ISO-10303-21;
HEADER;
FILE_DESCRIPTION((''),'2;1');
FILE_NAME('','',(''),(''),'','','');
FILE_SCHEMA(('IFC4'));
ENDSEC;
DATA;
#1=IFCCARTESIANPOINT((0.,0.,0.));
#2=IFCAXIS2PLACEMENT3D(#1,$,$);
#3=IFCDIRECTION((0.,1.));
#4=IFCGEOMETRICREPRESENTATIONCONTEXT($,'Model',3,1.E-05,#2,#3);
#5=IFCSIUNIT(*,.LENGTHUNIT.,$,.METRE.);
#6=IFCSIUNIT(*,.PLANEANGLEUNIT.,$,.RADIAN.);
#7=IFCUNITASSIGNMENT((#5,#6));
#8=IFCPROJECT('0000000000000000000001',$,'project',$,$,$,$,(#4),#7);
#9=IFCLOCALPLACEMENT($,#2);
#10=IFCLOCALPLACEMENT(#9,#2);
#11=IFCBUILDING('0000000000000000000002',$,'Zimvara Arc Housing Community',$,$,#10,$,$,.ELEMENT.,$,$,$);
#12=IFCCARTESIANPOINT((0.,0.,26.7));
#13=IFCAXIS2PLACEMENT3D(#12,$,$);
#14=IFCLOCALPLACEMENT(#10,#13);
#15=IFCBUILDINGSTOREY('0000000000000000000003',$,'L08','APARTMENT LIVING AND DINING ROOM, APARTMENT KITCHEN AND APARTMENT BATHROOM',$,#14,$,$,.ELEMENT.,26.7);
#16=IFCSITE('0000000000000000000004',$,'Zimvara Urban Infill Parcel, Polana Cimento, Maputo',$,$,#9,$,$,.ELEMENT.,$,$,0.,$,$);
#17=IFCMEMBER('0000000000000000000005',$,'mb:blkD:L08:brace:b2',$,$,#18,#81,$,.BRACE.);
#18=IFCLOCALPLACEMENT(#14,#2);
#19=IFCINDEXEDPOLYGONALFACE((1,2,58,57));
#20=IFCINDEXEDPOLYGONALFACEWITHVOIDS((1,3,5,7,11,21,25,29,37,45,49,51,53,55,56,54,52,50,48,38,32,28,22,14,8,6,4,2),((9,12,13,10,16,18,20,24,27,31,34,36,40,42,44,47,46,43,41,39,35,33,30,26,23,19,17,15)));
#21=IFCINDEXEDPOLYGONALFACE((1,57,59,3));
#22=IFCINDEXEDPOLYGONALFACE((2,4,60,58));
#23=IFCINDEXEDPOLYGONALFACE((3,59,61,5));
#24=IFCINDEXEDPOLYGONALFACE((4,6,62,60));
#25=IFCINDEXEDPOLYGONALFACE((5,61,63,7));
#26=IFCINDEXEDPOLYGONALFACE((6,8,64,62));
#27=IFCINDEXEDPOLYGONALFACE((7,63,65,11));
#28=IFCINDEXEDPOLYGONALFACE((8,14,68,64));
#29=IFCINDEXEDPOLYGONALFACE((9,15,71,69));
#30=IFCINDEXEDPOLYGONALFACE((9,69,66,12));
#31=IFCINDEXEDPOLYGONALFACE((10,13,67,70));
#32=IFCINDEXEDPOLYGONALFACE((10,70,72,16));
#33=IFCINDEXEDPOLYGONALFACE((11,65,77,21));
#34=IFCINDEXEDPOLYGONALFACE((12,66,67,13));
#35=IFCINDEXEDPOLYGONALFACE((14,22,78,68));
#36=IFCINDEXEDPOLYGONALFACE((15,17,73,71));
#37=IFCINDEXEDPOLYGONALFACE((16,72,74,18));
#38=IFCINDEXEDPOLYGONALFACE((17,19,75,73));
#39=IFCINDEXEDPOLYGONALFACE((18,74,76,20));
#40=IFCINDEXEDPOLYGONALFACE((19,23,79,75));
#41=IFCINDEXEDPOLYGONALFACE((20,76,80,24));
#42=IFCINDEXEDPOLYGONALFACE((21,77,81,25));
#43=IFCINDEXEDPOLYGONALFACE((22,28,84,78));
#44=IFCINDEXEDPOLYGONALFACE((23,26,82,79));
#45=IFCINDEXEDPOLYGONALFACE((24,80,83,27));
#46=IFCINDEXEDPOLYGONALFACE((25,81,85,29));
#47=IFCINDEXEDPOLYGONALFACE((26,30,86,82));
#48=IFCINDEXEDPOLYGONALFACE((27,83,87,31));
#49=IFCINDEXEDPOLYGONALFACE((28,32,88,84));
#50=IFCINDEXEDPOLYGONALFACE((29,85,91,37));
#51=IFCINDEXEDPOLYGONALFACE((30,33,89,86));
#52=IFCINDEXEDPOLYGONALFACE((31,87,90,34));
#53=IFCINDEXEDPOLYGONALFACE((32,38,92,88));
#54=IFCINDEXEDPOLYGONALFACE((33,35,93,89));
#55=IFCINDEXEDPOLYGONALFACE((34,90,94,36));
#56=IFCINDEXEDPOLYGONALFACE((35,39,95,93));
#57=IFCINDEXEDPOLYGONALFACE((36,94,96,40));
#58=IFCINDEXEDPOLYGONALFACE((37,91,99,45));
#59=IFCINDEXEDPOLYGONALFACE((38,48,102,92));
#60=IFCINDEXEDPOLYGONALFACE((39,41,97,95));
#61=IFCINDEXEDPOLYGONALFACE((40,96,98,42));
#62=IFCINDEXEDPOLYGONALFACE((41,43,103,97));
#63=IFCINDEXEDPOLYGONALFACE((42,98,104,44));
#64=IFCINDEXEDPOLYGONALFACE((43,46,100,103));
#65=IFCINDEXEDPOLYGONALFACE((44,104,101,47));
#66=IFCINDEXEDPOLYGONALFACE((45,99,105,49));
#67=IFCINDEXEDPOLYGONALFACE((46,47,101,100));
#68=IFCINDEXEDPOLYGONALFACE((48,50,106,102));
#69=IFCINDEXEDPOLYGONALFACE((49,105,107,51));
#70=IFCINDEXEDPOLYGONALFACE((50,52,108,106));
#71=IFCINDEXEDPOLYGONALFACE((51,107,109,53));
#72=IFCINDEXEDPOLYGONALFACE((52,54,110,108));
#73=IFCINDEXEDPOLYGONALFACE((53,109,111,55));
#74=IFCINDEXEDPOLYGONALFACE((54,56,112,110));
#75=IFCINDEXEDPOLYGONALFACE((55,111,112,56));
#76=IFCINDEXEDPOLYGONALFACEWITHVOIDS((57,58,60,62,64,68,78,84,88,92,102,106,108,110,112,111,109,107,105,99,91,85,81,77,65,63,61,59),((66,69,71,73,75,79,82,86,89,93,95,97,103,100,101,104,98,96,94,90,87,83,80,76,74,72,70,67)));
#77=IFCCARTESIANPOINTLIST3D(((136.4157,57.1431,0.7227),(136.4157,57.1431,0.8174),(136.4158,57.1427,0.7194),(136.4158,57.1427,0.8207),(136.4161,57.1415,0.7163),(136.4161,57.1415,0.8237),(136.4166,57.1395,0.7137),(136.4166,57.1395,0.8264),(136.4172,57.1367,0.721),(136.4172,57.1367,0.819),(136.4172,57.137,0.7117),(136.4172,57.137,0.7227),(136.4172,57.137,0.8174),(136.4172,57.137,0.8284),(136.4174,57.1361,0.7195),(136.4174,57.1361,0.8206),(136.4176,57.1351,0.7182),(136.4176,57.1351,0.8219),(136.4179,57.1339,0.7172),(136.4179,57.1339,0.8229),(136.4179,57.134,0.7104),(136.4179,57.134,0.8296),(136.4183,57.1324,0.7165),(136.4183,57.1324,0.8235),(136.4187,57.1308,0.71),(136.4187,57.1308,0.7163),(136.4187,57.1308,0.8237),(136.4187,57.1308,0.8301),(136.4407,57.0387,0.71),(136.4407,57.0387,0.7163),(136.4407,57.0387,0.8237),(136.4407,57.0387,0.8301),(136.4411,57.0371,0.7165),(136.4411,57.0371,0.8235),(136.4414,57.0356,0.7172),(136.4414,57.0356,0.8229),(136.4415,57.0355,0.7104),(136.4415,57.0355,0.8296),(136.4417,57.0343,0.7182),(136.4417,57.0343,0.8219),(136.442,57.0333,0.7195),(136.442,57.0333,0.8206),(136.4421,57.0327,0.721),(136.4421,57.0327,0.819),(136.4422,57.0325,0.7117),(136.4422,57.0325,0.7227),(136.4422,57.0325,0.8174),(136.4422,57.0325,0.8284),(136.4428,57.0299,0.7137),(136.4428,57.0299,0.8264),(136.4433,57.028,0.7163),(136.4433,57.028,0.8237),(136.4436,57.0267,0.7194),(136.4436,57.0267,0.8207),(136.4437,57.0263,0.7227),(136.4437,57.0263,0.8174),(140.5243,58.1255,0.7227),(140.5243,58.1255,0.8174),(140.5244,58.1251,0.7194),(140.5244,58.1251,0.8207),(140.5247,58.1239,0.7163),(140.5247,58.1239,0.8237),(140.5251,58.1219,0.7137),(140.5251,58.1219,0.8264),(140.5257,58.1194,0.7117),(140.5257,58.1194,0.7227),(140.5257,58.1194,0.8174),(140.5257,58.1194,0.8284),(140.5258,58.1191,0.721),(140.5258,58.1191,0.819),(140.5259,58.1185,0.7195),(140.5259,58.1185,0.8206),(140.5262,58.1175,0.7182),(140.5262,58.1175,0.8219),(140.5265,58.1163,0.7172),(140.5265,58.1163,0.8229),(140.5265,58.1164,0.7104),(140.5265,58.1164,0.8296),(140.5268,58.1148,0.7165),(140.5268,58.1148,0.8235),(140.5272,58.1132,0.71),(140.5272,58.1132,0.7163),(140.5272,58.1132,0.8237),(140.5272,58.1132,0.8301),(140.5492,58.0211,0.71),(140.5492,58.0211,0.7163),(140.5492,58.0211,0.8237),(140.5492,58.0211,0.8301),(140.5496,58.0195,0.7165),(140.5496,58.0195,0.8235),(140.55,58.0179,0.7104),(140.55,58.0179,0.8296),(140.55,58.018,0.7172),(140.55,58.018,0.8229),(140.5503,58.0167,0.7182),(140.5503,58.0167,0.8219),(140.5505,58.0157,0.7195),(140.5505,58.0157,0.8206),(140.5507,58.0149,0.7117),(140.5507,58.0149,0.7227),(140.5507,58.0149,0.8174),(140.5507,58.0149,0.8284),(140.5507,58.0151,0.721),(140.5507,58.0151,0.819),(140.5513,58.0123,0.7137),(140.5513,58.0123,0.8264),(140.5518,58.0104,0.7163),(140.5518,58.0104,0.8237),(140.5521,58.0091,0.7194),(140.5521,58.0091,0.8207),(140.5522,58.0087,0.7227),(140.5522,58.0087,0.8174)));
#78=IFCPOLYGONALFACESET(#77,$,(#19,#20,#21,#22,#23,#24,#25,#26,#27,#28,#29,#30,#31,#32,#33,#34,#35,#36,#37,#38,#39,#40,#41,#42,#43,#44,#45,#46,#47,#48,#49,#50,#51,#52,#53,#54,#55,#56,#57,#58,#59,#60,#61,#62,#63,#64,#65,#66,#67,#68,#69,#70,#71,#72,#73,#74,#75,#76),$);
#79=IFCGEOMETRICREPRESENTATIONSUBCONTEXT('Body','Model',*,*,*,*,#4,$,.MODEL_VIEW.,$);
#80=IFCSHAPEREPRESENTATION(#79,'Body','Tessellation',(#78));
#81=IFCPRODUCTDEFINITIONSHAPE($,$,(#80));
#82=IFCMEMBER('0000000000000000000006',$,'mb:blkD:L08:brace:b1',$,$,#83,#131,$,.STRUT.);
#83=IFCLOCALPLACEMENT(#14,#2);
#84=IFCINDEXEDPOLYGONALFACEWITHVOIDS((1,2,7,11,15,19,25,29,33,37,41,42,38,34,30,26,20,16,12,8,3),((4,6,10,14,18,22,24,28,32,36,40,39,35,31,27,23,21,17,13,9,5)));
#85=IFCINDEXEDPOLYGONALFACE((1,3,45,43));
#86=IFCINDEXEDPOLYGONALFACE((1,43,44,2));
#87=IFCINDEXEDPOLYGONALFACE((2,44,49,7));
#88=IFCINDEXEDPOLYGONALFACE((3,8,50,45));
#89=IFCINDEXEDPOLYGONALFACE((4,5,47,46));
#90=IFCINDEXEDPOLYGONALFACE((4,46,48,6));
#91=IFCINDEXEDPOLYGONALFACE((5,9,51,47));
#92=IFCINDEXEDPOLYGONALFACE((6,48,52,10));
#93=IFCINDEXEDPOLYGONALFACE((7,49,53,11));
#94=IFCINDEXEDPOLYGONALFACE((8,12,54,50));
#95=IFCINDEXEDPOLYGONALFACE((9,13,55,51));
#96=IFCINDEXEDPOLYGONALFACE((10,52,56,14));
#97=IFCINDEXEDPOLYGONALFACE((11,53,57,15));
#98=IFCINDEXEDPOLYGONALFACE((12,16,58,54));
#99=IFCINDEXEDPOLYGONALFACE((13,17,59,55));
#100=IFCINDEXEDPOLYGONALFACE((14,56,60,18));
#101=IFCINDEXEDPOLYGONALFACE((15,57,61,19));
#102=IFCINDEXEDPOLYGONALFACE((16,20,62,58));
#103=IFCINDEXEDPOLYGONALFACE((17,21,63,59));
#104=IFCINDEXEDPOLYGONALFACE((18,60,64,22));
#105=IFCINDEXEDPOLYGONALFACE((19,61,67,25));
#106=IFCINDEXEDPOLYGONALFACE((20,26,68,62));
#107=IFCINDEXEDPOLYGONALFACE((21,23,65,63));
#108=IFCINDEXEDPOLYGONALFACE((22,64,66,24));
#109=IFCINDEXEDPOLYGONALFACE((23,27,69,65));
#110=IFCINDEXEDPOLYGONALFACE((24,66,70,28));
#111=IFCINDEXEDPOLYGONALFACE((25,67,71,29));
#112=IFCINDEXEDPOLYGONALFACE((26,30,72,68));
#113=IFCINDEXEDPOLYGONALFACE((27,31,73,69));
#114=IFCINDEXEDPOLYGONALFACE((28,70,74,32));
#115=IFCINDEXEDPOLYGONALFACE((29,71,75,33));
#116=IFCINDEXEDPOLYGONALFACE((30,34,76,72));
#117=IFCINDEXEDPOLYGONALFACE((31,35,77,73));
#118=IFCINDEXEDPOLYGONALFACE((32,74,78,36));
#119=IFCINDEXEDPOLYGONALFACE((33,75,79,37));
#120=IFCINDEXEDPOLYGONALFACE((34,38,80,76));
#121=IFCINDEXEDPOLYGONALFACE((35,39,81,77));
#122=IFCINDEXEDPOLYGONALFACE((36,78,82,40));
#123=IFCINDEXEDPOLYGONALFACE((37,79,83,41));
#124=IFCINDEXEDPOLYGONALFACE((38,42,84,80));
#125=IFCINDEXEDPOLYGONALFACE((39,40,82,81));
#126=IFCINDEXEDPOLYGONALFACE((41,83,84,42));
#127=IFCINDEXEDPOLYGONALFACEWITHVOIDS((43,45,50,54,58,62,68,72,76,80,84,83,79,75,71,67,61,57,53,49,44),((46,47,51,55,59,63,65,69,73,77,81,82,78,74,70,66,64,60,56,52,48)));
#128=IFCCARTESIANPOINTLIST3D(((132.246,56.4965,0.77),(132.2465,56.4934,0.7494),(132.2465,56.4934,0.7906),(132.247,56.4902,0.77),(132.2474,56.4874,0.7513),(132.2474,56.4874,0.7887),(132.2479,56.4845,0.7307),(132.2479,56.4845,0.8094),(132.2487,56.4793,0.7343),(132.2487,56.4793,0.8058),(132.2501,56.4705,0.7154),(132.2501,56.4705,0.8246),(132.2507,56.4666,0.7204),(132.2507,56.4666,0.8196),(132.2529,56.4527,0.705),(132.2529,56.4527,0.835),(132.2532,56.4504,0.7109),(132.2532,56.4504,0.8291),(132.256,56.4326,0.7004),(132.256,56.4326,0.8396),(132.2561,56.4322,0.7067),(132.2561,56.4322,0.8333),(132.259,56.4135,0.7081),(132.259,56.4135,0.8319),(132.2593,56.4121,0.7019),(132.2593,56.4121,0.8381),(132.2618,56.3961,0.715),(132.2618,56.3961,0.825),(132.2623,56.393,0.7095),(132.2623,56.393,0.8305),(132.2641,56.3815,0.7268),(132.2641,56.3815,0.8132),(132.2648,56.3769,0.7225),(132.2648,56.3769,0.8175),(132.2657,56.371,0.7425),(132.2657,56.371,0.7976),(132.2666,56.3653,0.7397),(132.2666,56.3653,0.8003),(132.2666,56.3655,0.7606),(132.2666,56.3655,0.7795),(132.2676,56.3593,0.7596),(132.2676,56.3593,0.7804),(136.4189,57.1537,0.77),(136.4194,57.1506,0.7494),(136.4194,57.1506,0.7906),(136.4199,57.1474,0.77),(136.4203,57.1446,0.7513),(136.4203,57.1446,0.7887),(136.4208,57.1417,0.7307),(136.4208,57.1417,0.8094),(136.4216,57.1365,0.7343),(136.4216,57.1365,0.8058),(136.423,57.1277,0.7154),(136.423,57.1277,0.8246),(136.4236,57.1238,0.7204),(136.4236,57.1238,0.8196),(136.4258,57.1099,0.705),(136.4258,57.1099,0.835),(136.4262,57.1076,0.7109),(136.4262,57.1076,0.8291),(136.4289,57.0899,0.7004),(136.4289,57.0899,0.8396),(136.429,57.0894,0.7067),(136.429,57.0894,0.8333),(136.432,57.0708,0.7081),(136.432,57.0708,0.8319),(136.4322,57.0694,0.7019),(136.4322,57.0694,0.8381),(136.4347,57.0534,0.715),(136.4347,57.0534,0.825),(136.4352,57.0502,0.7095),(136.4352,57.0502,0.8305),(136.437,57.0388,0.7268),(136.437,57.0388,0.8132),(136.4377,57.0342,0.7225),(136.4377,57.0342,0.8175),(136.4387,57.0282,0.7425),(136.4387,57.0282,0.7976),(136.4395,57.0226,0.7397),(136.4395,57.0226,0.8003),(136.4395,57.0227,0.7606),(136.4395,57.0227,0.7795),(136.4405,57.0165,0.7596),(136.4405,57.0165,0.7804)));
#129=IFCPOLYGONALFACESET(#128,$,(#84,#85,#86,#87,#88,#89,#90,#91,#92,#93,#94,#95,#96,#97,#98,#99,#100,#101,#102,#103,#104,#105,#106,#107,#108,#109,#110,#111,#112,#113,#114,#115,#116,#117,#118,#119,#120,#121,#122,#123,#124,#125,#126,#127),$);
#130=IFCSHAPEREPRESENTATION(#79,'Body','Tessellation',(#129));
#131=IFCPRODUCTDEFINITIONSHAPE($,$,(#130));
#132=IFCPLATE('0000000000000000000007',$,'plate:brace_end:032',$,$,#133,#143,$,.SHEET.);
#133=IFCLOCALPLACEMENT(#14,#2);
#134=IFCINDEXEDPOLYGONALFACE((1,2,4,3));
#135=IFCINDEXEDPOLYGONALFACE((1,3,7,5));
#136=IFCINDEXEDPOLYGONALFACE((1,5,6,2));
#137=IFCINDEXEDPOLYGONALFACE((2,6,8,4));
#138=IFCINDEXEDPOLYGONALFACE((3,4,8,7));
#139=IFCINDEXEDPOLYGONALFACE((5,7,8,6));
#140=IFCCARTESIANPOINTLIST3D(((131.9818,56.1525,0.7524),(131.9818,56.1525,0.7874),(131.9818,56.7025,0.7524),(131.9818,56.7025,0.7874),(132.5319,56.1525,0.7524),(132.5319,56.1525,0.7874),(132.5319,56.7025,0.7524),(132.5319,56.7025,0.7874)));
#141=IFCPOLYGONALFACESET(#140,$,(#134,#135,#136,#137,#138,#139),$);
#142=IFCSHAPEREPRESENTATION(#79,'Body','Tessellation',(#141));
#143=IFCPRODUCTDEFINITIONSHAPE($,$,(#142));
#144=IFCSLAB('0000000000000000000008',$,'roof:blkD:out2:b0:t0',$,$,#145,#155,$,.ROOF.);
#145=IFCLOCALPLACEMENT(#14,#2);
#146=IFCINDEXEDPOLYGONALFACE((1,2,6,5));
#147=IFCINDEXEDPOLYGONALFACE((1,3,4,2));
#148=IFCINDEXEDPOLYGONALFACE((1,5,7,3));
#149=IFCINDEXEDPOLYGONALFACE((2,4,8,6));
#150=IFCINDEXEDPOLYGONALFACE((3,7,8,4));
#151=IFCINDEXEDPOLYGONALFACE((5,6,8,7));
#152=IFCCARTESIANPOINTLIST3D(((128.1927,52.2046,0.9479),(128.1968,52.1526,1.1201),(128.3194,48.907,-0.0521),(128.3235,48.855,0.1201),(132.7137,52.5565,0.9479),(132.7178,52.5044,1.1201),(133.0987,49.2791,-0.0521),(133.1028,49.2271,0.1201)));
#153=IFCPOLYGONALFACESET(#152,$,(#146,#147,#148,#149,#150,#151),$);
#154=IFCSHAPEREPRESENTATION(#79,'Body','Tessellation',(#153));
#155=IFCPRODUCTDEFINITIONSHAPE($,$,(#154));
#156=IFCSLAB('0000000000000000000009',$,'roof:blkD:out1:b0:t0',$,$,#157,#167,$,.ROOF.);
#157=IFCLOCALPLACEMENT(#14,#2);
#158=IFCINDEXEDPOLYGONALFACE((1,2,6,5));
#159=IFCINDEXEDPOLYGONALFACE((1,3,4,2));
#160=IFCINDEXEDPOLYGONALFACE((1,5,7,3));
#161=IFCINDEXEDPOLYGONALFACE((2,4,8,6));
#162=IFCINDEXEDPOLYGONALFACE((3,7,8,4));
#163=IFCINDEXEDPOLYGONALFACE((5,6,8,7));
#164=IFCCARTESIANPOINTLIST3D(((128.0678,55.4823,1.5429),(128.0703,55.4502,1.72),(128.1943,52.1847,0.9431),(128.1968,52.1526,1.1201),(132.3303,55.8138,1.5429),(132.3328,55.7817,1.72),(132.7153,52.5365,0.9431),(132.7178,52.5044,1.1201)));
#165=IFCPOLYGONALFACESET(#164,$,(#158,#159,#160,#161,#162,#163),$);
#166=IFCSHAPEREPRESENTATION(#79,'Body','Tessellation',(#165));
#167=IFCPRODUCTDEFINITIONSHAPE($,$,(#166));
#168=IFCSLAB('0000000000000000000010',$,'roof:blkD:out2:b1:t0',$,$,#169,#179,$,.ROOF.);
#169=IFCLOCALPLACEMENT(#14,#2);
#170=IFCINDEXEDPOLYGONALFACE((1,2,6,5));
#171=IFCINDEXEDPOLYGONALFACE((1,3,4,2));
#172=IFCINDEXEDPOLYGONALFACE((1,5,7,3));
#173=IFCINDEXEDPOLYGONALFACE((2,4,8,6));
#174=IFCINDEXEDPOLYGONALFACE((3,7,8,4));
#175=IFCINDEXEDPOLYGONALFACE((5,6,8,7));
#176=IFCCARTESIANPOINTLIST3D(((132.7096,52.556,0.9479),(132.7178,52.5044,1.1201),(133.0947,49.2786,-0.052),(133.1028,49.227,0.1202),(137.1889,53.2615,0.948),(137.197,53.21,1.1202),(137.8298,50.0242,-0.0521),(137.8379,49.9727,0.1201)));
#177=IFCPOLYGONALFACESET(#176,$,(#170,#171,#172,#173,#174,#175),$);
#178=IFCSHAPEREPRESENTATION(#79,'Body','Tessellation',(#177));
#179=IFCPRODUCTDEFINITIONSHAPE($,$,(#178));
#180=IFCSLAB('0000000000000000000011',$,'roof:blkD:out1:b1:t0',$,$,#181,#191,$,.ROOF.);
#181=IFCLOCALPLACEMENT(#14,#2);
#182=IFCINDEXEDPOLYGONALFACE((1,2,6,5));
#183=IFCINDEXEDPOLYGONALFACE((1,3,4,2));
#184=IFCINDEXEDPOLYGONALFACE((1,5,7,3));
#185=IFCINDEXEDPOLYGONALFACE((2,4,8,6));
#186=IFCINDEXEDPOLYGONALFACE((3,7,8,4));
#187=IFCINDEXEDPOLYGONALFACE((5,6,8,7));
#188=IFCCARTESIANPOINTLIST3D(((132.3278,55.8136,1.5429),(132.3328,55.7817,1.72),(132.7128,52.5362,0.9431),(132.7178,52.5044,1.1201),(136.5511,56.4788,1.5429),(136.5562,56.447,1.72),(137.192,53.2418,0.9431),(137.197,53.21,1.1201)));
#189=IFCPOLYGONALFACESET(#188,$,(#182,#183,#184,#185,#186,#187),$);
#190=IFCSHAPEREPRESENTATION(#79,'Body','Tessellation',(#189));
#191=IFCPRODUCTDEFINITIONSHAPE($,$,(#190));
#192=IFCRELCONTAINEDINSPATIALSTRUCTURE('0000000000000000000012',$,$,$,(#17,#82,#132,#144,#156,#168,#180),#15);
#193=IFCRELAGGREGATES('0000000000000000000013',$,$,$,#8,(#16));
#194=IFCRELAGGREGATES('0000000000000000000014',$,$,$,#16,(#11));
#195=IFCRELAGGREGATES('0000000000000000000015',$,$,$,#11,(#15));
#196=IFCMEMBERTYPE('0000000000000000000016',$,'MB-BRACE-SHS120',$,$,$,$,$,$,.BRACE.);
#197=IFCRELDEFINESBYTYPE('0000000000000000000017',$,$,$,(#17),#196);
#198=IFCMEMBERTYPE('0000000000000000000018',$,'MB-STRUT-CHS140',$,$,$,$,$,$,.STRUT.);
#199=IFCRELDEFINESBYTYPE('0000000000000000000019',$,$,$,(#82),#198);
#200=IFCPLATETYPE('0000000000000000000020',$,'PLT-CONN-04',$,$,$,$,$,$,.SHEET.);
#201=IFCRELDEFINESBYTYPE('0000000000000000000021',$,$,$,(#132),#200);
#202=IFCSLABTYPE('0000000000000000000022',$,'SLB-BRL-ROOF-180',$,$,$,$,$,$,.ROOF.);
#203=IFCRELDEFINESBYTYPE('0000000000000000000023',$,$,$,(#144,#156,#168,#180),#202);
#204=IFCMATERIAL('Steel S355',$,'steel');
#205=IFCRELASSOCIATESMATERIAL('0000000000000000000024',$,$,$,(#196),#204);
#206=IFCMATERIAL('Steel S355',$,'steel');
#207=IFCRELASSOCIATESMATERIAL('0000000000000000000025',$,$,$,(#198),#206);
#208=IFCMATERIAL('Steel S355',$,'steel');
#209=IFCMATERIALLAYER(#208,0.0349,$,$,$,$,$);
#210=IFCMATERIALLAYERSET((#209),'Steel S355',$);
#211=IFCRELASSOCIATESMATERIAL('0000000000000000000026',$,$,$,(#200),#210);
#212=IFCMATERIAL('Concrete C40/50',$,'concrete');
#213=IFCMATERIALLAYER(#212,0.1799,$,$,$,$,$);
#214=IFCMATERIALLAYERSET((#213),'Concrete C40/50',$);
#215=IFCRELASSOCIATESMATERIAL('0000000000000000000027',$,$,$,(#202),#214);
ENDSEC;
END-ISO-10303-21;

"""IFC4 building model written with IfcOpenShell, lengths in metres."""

from ifc_helpers import new_model, si_unit, direction, frame, origin, origin_2d, place, context, subcontext, project, spatial, polyline, rectangle, hollow_rectangle, hollow_circle, outline, extrude, material, layer, layer_set, material_profile, profile_set, type_object, element, save


model = new_model("IFC4")

# Units and contexts
model_context = context("Model", 3, precision=1e-05, world=origin(), true_north=direction((0.0, 1.0)))
body_context = subcontext(model_context, "Body", "Model", "MODEL_VIEW")
ifc_project = project(units=[si_unit("LENGTHUNIT", "METRE"), si_unit("PLANEANGLEUNIT", "RADIAN")], contexts=[model_context])

# Site, building, storey
site_placement = place(None, origin())
site = spatial("IfcSite", under=ifc_project, at=site_placement, Name="Zimvara Urban Infill Parcel, Polana Cimento, Maputo", CompositionType="ELEMENT", RefElevation=0.0)
building_placement = place(site_placement, origin())
building = spatial("IfcBuilding", under=site, at=building_placement, Name="Zimvara Arc Housing Community", CompositionType="ELEMENT")
storey_placement = place(building_placement, frame((0.0, 0.0, 26.7)))
storey = spatial("IfcBuildingStorey", under=building, at=storey_placement, Name="L08", Description="APARTMENT LIVING AND DINING ROOM, APARTMENT KITCHEN AND APARTMENT BATHROOM", CompositionType="ELEMENT", Elevation=26.7)

# Members
ifc_material_1 = material(Name="Steel S355", Category="steel")
ifc_material_profile_1 = material_profile(ifc_material_1, hollow_rectangle(XDim=0.1201, YDim=0.1201, WallThickness=0.0063, InnerFilletRadius=0.0063, OuterFilletRadius=0.0127, at=origin_2d()), Name="SHS 120x120x6.3")
ifc_profile_set_1 = profile_set([ifc_material_profile_1], Name="Steel S355")
member_type_1 = type_object("IfcMemberType", Name="MB-BRACE-SHS120", PredefinedType="BRACE", material=ifc_profile_set_1)
member_1_placement = place(storey_placement, frame((136.4297, 57.0847, 0.77), z_axis=(0.972583, 0.232555, 0.0), x_axis=(-0.232555, 0.972583, 0.0)))
element("IfcMember", 1, at=member_1_placement, inside=storey, type_object=member_type_1, Name="mb:blkD:L08:brace:b2", PredefinedType="BRACE", context=body_context, shape_type="SweptSolid", body=[
    extrude(hollow_rectangle(XDim=0.1201, YDim=0.1201, WallThickness=0.0063, InnerFilletRadius=0.0063, OuterFilletRadius=0.0127, at=origin_2d()), origin(), (0.0, 0.0, 1.0), 4.2244),
])
ifc_material_2 = material(Name="Steel S355", Category="steel")
ifc_material_profile_2 = material_profile(ifc_material_2, hollow_circle(Radius=0.0698, WallThickness=0.0063, at=origin_2d()), Name="CHS 139.7x6.3")
ifc_profile_set_2 = profile_set([ifc_material_profile_2], Name="Steel S355")
member_type_2 = type_object("IfcMemberType", Name="MB-STRUT-CHS140", PredefinedType="STRUT", material=ifc_profile_set_2)
member_2_placement = place(storey_placement, frame((132.2568, 56.4275, 0.77), z_axis=(0.987823, 0.155583, 0.0), x_axis=(-0.155583, 0.987823, 0.0)))
element("IfcMember", 2, at=member_2_placement, inside=storey, type_object=member_type_2, Name="mb:blkD:L08:brace:b1", PredefinedType="STRUT", context=body_context, shape_type="SweptSolid", body=[
    extrude(hollow_circle(Radius=0.0698, WallThickness=0.0063, at=origin_2d()), origin(), (0.0, 0.0, 1.0), 4.2244),
])

# Plate
ifc_material_3 = material(Name="Steel S355", Category="steel")
ifc_layer_1 = layer(ifc_material_3, 0.0349)
ifc_layer_set_1 = layer_set([ifc_layer_1], Name="Steel S355")
plate_type = type_object("IfcPlateType", Name="PLT-CONN-04", PredefinedType="SHEET", material=ifc_layer_set_1)
plate_placement = place(storey_placement, frame((132.2568, 56.4275, 0.7524), z_axis=(0.0, 0.0, 1.0), x_axis=(1.0, 0.0, 0.0)))
element("IfcPlate", 3, at=plate_placement, inside=storey, type_object=plate_type, Name="plate:brace_end:032", PredefinedType="SHEET", context=body_context, shape_type="SweptSolid", body=[
    extrude(rectangle(XDim=0.55, YDim=0.55, at=origin_2d()), origin(), (0.0, 0.0, 1.0), 0.0349),
])

# Slabs
ifc_material_4 = material(Name="Concrete C40/50", Category="concrete")
ifc_layer_2 = layer(ifc_material_4, 0.1799)
ifc_layer_set_2 = layer_set([ifc_layer_2], Name="Concrete C40/50")
slab_type = type_object("IfcSlabType", Name="SLB-BRL-ROOF-180", PredefinedType="ROOF", material=ifc_layer_set_2)
slab_1_placement = place(storey_placement, frame((133.1028, 49.2271, 0.1201), z_axis=(0.02252, -0.28934, 0.956961), x_axis=(-0.996983, -0.077614, -0.000005)))
element("IfcSlab", 4, at=slab_1_placement, inside=storey, type_object=slab_type, Name="roof:blkD:out2:b0:t0", PredefinedType="ROOF", context=body_context, shape_type="SweptSolid", body=[
    extrude(outline(polyline([(0.0, 0.0), (4.7938, 0.0), (4.6641, -3.4458), (0.1295, -3.4456), (0.0, 0.0)])), origin(), (0.0, 0.0, -1.0), 0.1799),
])
slab_2_placement = place(storey_placement, frame((132.7178, 52.5044, 1.1201), z_axis=(0.013883, -0.17844, 0.983853), x_axis=(-0.996986, -0.077581, -0.000003)))
element("IfcSlab", 5, at=slab_2_placement, inside=storey, type_object=slab_type, Name="roof:blkD:out1:b0:t0", PredefinedType="ROOF", context=body_context, shape_type="SweptSolid", body=[
    extrude(outline(polyline([(0.0, 0.0), (4.5347, 0.0), (4.4049, -3.3516), (0.1296, -3.3515), (0.0, 0.0)])), origin(), (0.0, 0.0, -1.0), 0.1799),
])
slab_3_placement = place(storey_placement, frame((137.8379, 49.9727, 0.1201), z_axis=(0.045149, -0.286678, 0.956962), x_axis=(-0.987828, -0.155549, 0.000007)))
element("IfcSlab", 6, at=slab_3_placement, inside=storey, type_object=slab_type, Name="roof:blkD:out2:b1:t0", PredefinedType="ROOF", context=body_context, shape_type="SweptSolid", body=[
    extrude(outline(polyline([(0.0, 0.0), (4.7935, 0.0), (4.664, -3.4456), (0.1295, -3.4459), (0.0, 0.0)])), origin(), (0.0, 0.0, -1.0), 0.1799),
])
slab_4_placement = place(storey_placement, frame((137.197, 53.21, 1.1201), z_axis=(0.02785, -0.176803, 0.983852), x_axis=(-0.98782, -0.1556, 0.0)))
element("IfcSlab", 7, at=slab_4_placement, inside=storey, type_object=slab_type, Name="roof:blkD:out1:b1:t0", PredefinedType="ROOF", context=body_context, shape_type="SweptSolid", body=[
    extrude(outline(polyline([(0.0, 0.0), (4.5345, 0.0), (4.4048, -3.3515), (0.1294, -3.3515), (0.0, 0.0)])), origin(), (0.0, 0.0, -1.0), 0.1799),
])

save(model, "model.ifc")
